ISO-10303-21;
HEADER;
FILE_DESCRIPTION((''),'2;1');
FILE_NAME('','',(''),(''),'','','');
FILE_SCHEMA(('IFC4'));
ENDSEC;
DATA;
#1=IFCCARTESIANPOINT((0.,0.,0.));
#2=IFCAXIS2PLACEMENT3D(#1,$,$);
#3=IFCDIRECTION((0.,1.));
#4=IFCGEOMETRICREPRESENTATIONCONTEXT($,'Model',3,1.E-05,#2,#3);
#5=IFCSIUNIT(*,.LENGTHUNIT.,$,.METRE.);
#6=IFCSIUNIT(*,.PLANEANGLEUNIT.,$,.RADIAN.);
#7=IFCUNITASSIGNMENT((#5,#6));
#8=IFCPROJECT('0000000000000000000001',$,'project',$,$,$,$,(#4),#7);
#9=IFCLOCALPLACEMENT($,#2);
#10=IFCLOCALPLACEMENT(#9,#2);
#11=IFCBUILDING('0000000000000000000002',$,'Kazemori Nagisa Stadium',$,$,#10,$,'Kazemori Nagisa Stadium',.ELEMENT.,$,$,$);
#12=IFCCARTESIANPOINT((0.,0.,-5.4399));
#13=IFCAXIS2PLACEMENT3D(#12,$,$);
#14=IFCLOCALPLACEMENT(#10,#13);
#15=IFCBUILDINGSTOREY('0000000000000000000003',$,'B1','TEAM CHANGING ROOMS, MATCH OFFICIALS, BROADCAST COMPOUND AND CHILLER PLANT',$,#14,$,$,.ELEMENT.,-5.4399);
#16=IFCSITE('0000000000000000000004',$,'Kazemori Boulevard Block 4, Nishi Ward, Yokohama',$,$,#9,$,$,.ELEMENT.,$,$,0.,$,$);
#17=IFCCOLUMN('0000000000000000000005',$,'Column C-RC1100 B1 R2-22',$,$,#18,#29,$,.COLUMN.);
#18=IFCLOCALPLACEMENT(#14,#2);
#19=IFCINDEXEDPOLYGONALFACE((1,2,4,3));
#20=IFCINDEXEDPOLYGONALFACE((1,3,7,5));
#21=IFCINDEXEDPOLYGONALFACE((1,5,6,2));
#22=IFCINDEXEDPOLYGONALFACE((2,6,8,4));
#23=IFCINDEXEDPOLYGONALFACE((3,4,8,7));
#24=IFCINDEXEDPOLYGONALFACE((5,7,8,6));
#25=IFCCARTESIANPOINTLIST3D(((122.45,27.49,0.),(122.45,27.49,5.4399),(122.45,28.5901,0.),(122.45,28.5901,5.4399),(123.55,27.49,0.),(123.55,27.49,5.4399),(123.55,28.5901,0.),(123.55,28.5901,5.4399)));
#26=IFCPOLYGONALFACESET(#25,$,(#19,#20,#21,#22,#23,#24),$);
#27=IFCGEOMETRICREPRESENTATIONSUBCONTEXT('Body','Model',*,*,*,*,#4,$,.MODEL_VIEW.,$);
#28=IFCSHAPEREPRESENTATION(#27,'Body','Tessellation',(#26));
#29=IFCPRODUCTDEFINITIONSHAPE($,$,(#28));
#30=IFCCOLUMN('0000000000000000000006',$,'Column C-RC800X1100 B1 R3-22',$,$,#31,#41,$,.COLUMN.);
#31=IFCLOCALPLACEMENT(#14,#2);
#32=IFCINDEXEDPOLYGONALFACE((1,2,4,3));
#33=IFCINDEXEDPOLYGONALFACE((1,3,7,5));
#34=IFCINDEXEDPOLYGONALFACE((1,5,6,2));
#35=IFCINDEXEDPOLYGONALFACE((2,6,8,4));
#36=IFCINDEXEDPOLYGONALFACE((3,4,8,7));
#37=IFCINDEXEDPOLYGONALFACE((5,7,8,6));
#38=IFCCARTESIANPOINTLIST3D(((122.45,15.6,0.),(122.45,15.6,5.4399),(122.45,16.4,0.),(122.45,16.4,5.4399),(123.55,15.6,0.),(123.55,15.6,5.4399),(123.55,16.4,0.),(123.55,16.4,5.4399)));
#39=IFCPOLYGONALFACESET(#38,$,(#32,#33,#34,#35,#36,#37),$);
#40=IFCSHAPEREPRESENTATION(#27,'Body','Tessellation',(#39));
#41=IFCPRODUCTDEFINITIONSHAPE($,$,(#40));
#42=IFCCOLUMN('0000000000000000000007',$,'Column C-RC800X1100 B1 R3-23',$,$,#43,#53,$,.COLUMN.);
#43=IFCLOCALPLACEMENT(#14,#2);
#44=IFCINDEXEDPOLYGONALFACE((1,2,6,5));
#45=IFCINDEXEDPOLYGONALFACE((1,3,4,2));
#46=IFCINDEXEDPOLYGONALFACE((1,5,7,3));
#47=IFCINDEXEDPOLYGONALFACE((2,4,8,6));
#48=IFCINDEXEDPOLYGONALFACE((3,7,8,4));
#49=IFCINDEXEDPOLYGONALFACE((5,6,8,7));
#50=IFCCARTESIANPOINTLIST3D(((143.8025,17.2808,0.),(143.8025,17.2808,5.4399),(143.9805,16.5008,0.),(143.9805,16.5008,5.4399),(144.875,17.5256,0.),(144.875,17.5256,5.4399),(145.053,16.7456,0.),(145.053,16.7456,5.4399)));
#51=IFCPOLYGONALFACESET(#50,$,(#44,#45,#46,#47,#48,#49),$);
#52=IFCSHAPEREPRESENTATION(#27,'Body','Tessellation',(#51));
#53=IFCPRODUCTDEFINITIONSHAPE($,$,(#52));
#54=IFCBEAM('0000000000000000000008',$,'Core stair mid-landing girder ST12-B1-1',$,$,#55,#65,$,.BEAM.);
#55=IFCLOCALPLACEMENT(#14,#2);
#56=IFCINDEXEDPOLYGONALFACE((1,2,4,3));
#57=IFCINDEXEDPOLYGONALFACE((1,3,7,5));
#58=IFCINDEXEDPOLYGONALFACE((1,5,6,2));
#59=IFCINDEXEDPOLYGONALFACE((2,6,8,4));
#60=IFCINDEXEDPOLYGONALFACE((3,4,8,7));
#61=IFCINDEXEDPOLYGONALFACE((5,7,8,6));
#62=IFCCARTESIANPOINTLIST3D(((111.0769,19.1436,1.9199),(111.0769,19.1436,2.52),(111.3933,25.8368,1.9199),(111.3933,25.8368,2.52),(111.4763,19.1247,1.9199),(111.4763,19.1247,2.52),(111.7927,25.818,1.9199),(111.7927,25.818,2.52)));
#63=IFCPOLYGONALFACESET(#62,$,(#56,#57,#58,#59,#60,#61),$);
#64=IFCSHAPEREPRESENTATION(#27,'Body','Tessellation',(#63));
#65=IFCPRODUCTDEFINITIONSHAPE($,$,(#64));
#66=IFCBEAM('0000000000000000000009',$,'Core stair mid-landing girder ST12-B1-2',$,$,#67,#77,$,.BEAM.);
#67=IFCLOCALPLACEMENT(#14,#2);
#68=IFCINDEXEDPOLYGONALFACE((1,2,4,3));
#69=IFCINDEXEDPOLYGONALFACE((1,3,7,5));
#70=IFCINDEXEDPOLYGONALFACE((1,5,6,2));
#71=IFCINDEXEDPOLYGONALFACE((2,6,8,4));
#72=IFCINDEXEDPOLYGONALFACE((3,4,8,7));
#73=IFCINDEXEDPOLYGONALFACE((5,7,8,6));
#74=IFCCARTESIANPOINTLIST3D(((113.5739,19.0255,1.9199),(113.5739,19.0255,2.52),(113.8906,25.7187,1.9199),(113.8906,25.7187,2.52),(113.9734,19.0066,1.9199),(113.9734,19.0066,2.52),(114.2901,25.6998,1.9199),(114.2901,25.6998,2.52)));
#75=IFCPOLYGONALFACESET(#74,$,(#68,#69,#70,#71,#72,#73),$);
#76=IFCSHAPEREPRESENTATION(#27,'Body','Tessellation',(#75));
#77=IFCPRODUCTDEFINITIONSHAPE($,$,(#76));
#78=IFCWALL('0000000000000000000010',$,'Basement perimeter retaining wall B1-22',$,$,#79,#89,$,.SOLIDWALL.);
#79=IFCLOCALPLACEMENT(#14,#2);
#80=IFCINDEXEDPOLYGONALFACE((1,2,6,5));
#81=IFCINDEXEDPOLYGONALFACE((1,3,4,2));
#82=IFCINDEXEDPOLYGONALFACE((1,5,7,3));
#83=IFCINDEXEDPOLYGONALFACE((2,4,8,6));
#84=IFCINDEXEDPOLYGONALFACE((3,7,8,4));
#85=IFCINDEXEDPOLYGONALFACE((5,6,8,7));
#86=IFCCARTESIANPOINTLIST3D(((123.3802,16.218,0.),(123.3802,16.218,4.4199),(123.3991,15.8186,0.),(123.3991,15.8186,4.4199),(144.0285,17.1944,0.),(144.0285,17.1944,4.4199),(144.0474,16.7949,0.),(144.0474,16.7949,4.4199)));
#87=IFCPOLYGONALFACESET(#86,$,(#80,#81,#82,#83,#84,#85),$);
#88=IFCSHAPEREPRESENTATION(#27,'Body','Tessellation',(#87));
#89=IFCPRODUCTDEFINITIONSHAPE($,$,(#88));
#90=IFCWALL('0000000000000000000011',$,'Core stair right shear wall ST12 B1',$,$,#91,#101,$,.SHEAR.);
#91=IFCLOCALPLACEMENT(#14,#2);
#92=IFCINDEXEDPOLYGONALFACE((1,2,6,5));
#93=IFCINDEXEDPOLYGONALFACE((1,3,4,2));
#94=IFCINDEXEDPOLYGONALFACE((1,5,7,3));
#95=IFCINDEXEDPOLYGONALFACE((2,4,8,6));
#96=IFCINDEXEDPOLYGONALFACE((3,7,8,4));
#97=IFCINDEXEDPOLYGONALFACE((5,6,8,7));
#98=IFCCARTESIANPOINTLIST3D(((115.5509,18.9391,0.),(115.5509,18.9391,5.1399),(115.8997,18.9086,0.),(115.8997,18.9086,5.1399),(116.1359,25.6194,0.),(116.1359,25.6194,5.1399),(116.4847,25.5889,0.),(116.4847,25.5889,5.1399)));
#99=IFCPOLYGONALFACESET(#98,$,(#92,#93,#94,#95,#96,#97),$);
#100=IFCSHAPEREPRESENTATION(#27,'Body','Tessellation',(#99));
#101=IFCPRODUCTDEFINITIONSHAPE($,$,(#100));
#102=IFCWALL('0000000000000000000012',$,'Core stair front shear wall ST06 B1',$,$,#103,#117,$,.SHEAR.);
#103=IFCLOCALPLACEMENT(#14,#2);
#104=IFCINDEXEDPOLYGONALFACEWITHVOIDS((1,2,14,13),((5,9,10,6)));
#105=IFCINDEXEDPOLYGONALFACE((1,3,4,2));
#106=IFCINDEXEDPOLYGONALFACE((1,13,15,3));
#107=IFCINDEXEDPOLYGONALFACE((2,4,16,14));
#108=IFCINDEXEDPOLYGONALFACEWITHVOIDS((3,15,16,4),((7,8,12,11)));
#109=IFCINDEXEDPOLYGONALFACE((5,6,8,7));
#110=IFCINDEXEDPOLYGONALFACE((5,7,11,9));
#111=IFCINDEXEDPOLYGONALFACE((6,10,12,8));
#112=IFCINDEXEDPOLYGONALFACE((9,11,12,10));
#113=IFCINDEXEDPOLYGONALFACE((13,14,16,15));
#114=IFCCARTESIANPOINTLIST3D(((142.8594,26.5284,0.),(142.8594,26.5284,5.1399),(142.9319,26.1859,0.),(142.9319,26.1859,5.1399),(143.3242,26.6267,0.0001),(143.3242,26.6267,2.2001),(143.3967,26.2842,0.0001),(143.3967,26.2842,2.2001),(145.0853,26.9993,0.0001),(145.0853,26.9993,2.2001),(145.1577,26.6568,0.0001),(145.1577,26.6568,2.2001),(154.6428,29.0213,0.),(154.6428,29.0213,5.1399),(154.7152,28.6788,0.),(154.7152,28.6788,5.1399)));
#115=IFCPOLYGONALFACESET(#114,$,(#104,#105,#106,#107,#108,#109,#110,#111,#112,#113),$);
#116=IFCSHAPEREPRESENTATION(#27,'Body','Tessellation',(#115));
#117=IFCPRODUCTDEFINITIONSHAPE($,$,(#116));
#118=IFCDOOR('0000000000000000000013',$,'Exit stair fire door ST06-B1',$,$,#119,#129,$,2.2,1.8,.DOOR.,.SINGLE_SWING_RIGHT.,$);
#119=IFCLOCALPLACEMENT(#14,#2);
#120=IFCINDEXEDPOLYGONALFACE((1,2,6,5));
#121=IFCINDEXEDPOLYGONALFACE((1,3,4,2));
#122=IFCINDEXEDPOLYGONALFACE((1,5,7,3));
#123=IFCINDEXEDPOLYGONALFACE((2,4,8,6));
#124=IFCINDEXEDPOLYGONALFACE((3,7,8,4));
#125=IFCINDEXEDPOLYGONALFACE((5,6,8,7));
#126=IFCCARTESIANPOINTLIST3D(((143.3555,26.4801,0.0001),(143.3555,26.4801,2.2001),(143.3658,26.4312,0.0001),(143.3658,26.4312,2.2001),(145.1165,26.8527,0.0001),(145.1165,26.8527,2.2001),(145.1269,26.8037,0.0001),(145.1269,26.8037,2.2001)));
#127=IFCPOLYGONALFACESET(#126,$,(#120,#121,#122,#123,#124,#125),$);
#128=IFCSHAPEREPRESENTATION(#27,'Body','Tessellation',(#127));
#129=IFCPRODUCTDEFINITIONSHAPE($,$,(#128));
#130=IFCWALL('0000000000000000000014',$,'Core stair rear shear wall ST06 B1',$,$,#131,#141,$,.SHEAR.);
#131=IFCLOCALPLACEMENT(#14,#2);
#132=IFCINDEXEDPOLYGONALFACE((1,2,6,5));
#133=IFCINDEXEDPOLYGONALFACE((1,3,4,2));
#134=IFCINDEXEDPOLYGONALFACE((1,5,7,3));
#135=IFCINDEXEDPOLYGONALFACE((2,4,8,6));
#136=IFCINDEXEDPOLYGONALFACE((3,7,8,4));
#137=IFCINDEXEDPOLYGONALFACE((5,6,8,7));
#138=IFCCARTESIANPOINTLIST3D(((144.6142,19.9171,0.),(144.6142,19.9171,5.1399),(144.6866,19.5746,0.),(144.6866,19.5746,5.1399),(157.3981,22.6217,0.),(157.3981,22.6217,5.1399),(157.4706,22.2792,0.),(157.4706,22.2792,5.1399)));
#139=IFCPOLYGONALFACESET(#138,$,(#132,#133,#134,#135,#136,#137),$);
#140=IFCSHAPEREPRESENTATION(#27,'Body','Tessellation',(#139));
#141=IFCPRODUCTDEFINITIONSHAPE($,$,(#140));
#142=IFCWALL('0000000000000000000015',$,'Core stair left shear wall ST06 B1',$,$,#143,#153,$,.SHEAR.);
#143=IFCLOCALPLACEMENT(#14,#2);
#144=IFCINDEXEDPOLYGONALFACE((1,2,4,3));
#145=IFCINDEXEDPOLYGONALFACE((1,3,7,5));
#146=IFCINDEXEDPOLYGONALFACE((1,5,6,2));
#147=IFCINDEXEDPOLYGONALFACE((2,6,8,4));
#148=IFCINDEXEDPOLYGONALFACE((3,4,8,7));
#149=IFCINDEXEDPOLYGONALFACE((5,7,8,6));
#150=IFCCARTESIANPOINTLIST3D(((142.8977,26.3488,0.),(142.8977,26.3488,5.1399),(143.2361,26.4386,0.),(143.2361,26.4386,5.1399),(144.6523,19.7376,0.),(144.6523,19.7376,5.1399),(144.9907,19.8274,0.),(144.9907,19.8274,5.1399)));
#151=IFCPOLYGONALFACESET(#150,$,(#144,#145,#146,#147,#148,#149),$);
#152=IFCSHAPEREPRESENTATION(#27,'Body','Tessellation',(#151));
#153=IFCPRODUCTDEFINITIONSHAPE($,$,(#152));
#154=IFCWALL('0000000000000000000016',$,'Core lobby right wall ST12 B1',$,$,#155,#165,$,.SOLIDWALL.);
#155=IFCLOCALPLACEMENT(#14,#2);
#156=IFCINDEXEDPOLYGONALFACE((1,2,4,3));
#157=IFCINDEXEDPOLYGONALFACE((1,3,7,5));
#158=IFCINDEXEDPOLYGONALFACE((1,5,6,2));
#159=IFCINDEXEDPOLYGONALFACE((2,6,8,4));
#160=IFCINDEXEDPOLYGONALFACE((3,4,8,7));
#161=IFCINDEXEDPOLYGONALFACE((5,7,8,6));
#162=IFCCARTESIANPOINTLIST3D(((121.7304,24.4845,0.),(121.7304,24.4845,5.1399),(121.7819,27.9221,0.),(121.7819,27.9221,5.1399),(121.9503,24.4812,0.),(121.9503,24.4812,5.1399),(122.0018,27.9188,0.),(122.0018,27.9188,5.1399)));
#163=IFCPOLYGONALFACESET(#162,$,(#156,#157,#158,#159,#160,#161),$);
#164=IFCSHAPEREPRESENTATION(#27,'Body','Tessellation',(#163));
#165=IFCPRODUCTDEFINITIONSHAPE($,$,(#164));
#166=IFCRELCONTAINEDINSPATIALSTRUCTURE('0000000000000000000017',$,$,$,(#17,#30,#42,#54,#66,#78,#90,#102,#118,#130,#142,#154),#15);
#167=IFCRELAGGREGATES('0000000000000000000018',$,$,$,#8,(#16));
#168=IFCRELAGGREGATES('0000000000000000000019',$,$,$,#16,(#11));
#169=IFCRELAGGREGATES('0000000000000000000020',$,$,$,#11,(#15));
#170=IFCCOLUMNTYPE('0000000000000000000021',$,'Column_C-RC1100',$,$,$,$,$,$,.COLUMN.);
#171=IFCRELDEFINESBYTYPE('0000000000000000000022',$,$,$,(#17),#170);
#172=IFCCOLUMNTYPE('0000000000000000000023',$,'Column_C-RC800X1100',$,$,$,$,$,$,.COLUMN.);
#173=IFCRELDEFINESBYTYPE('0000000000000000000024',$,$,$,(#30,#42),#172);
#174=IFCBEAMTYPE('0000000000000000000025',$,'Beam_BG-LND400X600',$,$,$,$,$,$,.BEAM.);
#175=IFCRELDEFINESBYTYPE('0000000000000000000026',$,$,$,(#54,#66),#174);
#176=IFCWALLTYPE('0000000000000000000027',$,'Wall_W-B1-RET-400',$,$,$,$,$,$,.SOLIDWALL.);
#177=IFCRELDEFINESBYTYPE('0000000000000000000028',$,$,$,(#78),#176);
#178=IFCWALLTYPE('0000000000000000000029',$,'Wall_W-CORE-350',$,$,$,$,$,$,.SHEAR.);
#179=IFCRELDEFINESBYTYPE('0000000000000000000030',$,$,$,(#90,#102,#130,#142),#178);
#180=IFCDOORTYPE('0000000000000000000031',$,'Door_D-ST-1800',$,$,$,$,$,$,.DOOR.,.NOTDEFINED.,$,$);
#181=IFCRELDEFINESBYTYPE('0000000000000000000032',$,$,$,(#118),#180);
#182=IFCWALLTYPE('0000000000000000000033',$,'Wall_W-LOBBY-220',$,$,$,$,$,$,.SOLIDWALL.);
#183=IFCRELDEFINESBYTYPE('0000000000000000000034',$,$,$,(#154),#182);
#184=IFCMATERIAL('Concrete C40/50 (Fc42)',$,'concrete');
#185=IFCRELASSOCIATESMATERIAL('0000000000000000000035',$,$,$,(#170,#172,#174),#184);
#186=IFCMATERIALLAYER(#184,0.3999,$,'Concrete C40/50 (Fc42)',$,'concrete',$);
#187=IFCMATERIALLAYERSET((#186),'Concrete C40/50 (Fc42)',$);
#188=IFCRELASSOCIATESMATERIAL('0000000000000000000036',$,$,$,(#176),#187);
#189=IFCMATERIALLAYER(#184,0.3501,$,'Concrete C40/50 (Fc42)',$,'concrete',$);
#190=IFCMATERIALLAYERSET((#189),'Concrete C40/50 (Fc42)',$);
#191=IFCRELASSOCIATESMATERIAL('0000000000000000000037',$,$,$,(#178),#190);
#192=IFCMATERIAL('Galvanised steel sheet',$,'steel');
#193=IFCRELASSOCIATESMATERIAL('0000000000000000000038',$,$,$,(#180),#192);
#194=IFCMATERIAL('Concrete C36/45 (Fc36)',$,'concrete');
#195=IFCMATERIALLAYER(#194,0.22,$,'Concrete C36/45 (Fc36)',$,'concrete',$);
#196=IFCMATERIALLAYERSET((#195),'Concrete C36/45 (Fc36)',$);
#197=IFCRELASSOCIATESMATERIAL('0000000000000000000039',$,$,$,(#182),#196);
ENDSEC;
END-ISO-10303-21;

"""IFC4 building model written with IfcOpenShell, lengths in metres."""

from ifc_helpers import new_model, si_unit, direction, frame, frame_2d, origin, origin_2d, place, context, subcontext, project, spatial, rectangle, extrude, material, layer, layer_set, material_profile, profile_set, type_object, element, fill, save


model = new_model("IFC4")

# Units and contexts
model_context = context("Model", 3, precision=1e-05, world=origin(), true_north=direction((0.0, 1.0)))
body_context = subcontext(model_context, "Body", "Model", "MODEL_VIEW")
ifc_project = project(units=[si_unit("LENGTHUNIT", "METRE"), si_unit("PLANEANGLEUNIT", "RADIAN")], contexts=[model_context])

# Site, building, storey
site_placement = place(None, origin())
site = spatial("IfcSite", under=ifc_project, at=site_placement, Name="Kazemori Boulevard Block 4, Nishi Ward, Yokohama", CompositionType="ELEMENT", RefElevation=0.0)
building_placement = place(site_placement, origin())
building = spatial("IfcBuilding", under=site, at=building_placement, Name="Kazemori Nagisa Stadium", LongName="Kazemori Nagisa Stadium", CompositionType="ELEMENT")
storey_placement = place(building_placement, frame((0.0, 0.0, -5.4399)))
storey = spatial("IfcBuildingStorey", under=building, at=storey_placement, Name="B1", Description="TEAM CHANGING ROOMS, MATCH OFFICIALS, BROADCAST COMPOUND AND CHILLER PLANT", CompositionType="ELEMENT", Elevation=-5.4399)

# Shared definitions
ifc_material_1 = material(Name="Concrete C40/50 (Fc42)", Category="concrete")

# Shared definitions
ifc_material_2 = material(Name="Concrete C36/45 (Fc36)", Category="concrete")

# Columns
ifc_material_profile_1 = material_profile(ifc_material_1, rectangle(XDim=1.1001, YDim=1.1001, at=origin_2d()), Name="RC-COL-1100x1100")
ifc_profile_set_1 = profile_set([ifc_material_profile_1], Name="Concrete C40/50 (Fc42)")
column_type_1 = type_object("IfcColumnType", Name="Column_C-RC1100", PredefinedType="COLUMN", material=ifc_profile_set_1)
column_placement = place(storey_placement, frame((123.0, 28.04, 0.0), z_axis=(0.0, 0.0, 1.0), x_axis=(0.0, -1.0, 0.0)))
element("IfcColumn", 1, at=column_placement, inside=storey, type_object=column_type_1, Name="Column C-RC1100 B1 R2-22", PredefinedType="COLUMN", context=body_context, shape_type="SweptSolid", body=[
    extrude(rectangle(XDim=1.1001, YDim=1.1001, at=origin_2d()), origin(), (0.0, 0.0, 1.0), 5.4399),
])
ifc_material_profile_2 = material_profile(ifc_material_1, rectangle(XDim=0.8, YDim=1.1001, at=origin_2d()), Name="RC-COL-800x1100")
ifc_profile_set_2 = profile_set([ifc_material_profile_2], Name="Concrete C40/50 (Fc42)")
column_type_2 = type_object("IfcColumnType", Name="Column_C-RC800X1100", PredefinedType="COLUMN", material=ifc_profile_set_2)
for number, where, z_axis, x_axis, name in (
    (2, (123.0, 16.0, 0.0), (0.0, 0.0, 1.0), (0.0, -1.0, 0.0), "Column C-RC800X1100 B1 R3-22"),
    (3, (144.4277, 17.0132, 0.0), (0.0, 0.0, 1.0), (0.222521, -0.974928, 0.0), "Column C-RC800X1100 B1 R3-23"),
):
    element("IfcColumn", number, at=place(storey_placement, frame(where, z_axis=z_axis, x_axis=x_axis)), inside=storey, type_object=column_type_2, Name=name, PredefinedType="COLUMN", context=body_context, shape_type="SweptSolid", body=[
        extrude(rectangle(XDim=0.8, YDim=1.1001, at=origin_2d()), origin(), (0.0, 0.0, 1.0), 5.4399),
    ])

# Beams
ifc_material_profile_3 = material_profile(ifc_material_1, rectangle(XDim=0.3999, YDim=0.6001, at=origin_2d()), Name="RC-BM-400x600")
ifc_profile_set_3 = profile_set([ifc_material_profile_3], Name="Concrete C40/50 (Fc42)")
beam_type = type_object("IfcBeamType", Name="Beam_BG-LND400X600", PredefinedType="BEAM", material=ifc_profile_set_3)
for number, where, z_axis, x_axis, name in (
    (4, (111.593, 25.8274, 2.22), (-0.047221, -0.998884, 0.0), (0.998884, -0.047221, 0.0), "Core stair mid-landing girder ST12-B1-1"),
    (5, (114.0903, 25.7092, 2.22), (-0.047257, -0.998883, 0.0), (0.998883, -0.047257, 0.0), "Core stair mid-landing girder ST12-B1-2"),
):
    element("IfcBeam", number, at=place(storey_placement, frame(where, z_axis=z_axis, x_axis=x_axis)), inside=storey, type_object=beam_type, Name=name, PredefinedType="BEAM", context=body_context, shape_type="SweptSolid", body=[
        extrude(rectangle(XDim=0.3999, YDim=0.6001, at=origin_2d()), origin(), (0.0, 0.0, 1.0), 6.7007),
    ])

# Walls
ifc_layer_1 = layer(ifc_material_1, 0.3999, Name="Concrete C40/50 (Fc42)", Category="concrete")
ifc_layer_set_1 = layer_set([ifc_layer_1], Name="Concrete C40/50 (Fc42)")
wall_type_1 = type_object("IfcWallType", Name="Wall_W-B1-RET-400", PredefinedType="SOLIDWALL", material=ifc_layer_set_1)
wall_1_placement = place(storey_placement, frame((123.3896, 16.0183, 0.0), z_axis=(0.0, 0.0, 1.0), x_axis=(0.998884, 0.04723, 0.0)))
element("IfcWall", 6, at=wall_1_placement, inside=storey, type_object=wall_type_1, Name="Basement perimeter retaining wall B1-22", PredefinedType="SOLIDWALL", context=body_context, shape_type="SweptSolid", body=[
    extrude(rectangle(XDim=20.6714, YDim=0.3999, at=frame_2d((10.3357, 0.0))), origin(), (0.0, 0.0, 1.0), 4.4199),
])
ifc_layer_2 = layer(ifc_material_1, 0.3501, Name="Concrete C40/50 (Fc42)", Category="concrete")
ifc_layer_set_2 = layer_set([ifc_layer_2], Name="Concrete C40/50 (Fc42)")
wall_type_2 = type_object("IfcWallType", Name="Wall_W-CORE-350", PredefinedType="SHEAR", material=ifc_layer_set_2)
wall_2_placement = place(storey_placement, frame((116.3103, 25.6042, 0.0), z_axis=(0.0, 0.0, 1.0), x_axis=(-0.087233, -0.996188, 0.0)))
element("IfcWall", 7, at=wall_2_placement, inside=storey, type_object=wall_type_2, Name="Core stair right shear wall ST12 B1", PredefinedType="SHEAR", context=body_context, shape_type="SweptSolid", body=[
    extrude(rectangle(XDim=6.7058, YDim=0.3501, at=frame_2d((3.353, 0.0))), origin(), (0.0, 0.0, 1.0), 5.1399),
])

# Wall, opening, door
wall_3_placement = place(storey_placement, frame((142.8958, 26.3572, 0.0), z_axis=(0.0, 0.0, 1.0), x_axis=(0.978345, 0.20698, 0.0)))
wall_3 = element("IfcWall", 8, at=wall_3_placement, inside=storey, type_object=wall_type_2, Name="Core stair front shear wall ST06 B1", PredefinedType="SHEAR", context=body_context, shape_type="SweptSolid", body=[
    extrude(rectangle(XDim=12.0442, YDim=0.3501, at=frame_2d((6.022, 0.0))), origin(), (0.0, 0.0, 1.0), 5.1399),
])
opening_1_placement = place(wall_3_placement, frame((0.4751, 0.0, 0.0)))
opening_1 = element("IfcOpeningElement", 9, at=opening_1_placement, cuts=wall_3, PredefinedType="OPENING", context=body_context, shape_type="SweptSolid", body=[
    extrude(rectangle(XDim=1.8, YDim=2.2, at=frame_2d((0.8999, 1.1001))), frame((0.0, 0.1851, 0.0), z_axis=(0.0, -1.0, 0.0), x_axis=(1.0, 0.0, 0.0)), (0.0, 0.0, 1.0), 0.3701),
])
ifc_material_3 = material(Name="Galvanised steel sheet", Category="steel")
door_type_1 = type_object("IfcDoorType", Name="Door_D-ST-1800", OperationType="NOTDEFINED", PredefinedType="DOOR", material=ifc_material_3)
door_1_placement = place(opening_1_placement, frame((1.8, 0.0, 0.0), z_axis=(0.0, 0.0, 1.0), x_axis=(-1.0, 0.0, 0.0)))
door_1 = element("IfcDoor", 10, at=door_1_placement, inside=storey, type_object=door_type_1, Name="Exit stair fire door ST06-B1", OperationType="SINGLE_SWING_RIGHT", OverallHeight=2.2, OverallWidth=1.8, PredefinedType="DOOR", context=body_context, shape_type="SweptSolid", body=[
    extrude(rectangle(XDim=1.8, YDim=2.2, at=frame_2d((0.8999, 1.1001))), frame((0.0, 0.0249, 0.0), z_axis=(0.0, -1.0, 0.0), x_axis=(1.0, 0.0, 0.0)), (0.0, 0.0, 1.0), 0.05),
])
fill(opening_1, door_1)

# Walls
wall_4_placement = place(storey_placement, frame((144.6504, 19.7458, 0.0), z_axis=(0.0, 0.0, 1.0), x_axis=(0.978345, 0.20698, 0.0)))
element("IfcWall", 11, at=wall_4_placement, inside=storey, type_object=wall_type_2, Name="Core stair rear shear wall ST06 B1", PredefinedType="SHEAR", context=body_context, shape_type="SweptSolid", body=[
    extrude(rectangle(XDim=13.0669, YDim=0.3501, at=frame_2d((6.5334, 0.0))), origin(), (0.0, 0.0, 1.0), 5.1399),
])
wall_5_placement = place(storey_placement, frame((143.0669, 26.3936, 0.0), z_axis=(0.0, 0.0, 1.0), x_axis=(0.256518, -0.966539, 0.0)))
element("IfcWall", 12, at=wall_5_placement, inside=storey, type_object=wall_type_2, Name="Core stair left shear wall ST06 B1", PredefinedType="SHEAR", context=body_context, shape_type="SweptSolid", body=[
    extrude(rectangle(XDim=6.8401, YDim=0.3501, at=frame_2d((3.4199, 0.0))), origin(), (0.0, 0.0, 1.0), 5.1399),
])
ifc_layer_3 = layer(ifc_material_2, 0.22, Name="Concrete C36/45 (Fc36)", Category="concrete")
ifc_layer_set_3 = layer_set([ifc_layer_3], Name="Concrete C36/45 (Fc36)")
wall_type_3 = type_object("IfcWallType", Name="Wall_W-LOBBY-220", PredefinedType="SOLIDWALL", material=ifc_layer_set_3)
wall_6_placement = place(storey_placement, frame((121.8918, 27.9204, 0.0), z_axis=(0.0, 0.0, 1.0), x_axis=(-0.014984, -0.999888, 0.0)))
element("IfcWall", 13, at=wall_6_placement, inside=storey, type_object=wall_type_3, Name="Core lobby right wall ST12 B1", PredefinedType="SOLIDWALL", context=body_context, shape_type="SweptSolid", body=[
    extrude(rectangle(XDim=3.438, YDim=0.22, at=frame_2d((1.719, 0.0))), origin(), (0.0, 0.0, 1.0), 5.1399),
])

save(model, "model.ifc")
